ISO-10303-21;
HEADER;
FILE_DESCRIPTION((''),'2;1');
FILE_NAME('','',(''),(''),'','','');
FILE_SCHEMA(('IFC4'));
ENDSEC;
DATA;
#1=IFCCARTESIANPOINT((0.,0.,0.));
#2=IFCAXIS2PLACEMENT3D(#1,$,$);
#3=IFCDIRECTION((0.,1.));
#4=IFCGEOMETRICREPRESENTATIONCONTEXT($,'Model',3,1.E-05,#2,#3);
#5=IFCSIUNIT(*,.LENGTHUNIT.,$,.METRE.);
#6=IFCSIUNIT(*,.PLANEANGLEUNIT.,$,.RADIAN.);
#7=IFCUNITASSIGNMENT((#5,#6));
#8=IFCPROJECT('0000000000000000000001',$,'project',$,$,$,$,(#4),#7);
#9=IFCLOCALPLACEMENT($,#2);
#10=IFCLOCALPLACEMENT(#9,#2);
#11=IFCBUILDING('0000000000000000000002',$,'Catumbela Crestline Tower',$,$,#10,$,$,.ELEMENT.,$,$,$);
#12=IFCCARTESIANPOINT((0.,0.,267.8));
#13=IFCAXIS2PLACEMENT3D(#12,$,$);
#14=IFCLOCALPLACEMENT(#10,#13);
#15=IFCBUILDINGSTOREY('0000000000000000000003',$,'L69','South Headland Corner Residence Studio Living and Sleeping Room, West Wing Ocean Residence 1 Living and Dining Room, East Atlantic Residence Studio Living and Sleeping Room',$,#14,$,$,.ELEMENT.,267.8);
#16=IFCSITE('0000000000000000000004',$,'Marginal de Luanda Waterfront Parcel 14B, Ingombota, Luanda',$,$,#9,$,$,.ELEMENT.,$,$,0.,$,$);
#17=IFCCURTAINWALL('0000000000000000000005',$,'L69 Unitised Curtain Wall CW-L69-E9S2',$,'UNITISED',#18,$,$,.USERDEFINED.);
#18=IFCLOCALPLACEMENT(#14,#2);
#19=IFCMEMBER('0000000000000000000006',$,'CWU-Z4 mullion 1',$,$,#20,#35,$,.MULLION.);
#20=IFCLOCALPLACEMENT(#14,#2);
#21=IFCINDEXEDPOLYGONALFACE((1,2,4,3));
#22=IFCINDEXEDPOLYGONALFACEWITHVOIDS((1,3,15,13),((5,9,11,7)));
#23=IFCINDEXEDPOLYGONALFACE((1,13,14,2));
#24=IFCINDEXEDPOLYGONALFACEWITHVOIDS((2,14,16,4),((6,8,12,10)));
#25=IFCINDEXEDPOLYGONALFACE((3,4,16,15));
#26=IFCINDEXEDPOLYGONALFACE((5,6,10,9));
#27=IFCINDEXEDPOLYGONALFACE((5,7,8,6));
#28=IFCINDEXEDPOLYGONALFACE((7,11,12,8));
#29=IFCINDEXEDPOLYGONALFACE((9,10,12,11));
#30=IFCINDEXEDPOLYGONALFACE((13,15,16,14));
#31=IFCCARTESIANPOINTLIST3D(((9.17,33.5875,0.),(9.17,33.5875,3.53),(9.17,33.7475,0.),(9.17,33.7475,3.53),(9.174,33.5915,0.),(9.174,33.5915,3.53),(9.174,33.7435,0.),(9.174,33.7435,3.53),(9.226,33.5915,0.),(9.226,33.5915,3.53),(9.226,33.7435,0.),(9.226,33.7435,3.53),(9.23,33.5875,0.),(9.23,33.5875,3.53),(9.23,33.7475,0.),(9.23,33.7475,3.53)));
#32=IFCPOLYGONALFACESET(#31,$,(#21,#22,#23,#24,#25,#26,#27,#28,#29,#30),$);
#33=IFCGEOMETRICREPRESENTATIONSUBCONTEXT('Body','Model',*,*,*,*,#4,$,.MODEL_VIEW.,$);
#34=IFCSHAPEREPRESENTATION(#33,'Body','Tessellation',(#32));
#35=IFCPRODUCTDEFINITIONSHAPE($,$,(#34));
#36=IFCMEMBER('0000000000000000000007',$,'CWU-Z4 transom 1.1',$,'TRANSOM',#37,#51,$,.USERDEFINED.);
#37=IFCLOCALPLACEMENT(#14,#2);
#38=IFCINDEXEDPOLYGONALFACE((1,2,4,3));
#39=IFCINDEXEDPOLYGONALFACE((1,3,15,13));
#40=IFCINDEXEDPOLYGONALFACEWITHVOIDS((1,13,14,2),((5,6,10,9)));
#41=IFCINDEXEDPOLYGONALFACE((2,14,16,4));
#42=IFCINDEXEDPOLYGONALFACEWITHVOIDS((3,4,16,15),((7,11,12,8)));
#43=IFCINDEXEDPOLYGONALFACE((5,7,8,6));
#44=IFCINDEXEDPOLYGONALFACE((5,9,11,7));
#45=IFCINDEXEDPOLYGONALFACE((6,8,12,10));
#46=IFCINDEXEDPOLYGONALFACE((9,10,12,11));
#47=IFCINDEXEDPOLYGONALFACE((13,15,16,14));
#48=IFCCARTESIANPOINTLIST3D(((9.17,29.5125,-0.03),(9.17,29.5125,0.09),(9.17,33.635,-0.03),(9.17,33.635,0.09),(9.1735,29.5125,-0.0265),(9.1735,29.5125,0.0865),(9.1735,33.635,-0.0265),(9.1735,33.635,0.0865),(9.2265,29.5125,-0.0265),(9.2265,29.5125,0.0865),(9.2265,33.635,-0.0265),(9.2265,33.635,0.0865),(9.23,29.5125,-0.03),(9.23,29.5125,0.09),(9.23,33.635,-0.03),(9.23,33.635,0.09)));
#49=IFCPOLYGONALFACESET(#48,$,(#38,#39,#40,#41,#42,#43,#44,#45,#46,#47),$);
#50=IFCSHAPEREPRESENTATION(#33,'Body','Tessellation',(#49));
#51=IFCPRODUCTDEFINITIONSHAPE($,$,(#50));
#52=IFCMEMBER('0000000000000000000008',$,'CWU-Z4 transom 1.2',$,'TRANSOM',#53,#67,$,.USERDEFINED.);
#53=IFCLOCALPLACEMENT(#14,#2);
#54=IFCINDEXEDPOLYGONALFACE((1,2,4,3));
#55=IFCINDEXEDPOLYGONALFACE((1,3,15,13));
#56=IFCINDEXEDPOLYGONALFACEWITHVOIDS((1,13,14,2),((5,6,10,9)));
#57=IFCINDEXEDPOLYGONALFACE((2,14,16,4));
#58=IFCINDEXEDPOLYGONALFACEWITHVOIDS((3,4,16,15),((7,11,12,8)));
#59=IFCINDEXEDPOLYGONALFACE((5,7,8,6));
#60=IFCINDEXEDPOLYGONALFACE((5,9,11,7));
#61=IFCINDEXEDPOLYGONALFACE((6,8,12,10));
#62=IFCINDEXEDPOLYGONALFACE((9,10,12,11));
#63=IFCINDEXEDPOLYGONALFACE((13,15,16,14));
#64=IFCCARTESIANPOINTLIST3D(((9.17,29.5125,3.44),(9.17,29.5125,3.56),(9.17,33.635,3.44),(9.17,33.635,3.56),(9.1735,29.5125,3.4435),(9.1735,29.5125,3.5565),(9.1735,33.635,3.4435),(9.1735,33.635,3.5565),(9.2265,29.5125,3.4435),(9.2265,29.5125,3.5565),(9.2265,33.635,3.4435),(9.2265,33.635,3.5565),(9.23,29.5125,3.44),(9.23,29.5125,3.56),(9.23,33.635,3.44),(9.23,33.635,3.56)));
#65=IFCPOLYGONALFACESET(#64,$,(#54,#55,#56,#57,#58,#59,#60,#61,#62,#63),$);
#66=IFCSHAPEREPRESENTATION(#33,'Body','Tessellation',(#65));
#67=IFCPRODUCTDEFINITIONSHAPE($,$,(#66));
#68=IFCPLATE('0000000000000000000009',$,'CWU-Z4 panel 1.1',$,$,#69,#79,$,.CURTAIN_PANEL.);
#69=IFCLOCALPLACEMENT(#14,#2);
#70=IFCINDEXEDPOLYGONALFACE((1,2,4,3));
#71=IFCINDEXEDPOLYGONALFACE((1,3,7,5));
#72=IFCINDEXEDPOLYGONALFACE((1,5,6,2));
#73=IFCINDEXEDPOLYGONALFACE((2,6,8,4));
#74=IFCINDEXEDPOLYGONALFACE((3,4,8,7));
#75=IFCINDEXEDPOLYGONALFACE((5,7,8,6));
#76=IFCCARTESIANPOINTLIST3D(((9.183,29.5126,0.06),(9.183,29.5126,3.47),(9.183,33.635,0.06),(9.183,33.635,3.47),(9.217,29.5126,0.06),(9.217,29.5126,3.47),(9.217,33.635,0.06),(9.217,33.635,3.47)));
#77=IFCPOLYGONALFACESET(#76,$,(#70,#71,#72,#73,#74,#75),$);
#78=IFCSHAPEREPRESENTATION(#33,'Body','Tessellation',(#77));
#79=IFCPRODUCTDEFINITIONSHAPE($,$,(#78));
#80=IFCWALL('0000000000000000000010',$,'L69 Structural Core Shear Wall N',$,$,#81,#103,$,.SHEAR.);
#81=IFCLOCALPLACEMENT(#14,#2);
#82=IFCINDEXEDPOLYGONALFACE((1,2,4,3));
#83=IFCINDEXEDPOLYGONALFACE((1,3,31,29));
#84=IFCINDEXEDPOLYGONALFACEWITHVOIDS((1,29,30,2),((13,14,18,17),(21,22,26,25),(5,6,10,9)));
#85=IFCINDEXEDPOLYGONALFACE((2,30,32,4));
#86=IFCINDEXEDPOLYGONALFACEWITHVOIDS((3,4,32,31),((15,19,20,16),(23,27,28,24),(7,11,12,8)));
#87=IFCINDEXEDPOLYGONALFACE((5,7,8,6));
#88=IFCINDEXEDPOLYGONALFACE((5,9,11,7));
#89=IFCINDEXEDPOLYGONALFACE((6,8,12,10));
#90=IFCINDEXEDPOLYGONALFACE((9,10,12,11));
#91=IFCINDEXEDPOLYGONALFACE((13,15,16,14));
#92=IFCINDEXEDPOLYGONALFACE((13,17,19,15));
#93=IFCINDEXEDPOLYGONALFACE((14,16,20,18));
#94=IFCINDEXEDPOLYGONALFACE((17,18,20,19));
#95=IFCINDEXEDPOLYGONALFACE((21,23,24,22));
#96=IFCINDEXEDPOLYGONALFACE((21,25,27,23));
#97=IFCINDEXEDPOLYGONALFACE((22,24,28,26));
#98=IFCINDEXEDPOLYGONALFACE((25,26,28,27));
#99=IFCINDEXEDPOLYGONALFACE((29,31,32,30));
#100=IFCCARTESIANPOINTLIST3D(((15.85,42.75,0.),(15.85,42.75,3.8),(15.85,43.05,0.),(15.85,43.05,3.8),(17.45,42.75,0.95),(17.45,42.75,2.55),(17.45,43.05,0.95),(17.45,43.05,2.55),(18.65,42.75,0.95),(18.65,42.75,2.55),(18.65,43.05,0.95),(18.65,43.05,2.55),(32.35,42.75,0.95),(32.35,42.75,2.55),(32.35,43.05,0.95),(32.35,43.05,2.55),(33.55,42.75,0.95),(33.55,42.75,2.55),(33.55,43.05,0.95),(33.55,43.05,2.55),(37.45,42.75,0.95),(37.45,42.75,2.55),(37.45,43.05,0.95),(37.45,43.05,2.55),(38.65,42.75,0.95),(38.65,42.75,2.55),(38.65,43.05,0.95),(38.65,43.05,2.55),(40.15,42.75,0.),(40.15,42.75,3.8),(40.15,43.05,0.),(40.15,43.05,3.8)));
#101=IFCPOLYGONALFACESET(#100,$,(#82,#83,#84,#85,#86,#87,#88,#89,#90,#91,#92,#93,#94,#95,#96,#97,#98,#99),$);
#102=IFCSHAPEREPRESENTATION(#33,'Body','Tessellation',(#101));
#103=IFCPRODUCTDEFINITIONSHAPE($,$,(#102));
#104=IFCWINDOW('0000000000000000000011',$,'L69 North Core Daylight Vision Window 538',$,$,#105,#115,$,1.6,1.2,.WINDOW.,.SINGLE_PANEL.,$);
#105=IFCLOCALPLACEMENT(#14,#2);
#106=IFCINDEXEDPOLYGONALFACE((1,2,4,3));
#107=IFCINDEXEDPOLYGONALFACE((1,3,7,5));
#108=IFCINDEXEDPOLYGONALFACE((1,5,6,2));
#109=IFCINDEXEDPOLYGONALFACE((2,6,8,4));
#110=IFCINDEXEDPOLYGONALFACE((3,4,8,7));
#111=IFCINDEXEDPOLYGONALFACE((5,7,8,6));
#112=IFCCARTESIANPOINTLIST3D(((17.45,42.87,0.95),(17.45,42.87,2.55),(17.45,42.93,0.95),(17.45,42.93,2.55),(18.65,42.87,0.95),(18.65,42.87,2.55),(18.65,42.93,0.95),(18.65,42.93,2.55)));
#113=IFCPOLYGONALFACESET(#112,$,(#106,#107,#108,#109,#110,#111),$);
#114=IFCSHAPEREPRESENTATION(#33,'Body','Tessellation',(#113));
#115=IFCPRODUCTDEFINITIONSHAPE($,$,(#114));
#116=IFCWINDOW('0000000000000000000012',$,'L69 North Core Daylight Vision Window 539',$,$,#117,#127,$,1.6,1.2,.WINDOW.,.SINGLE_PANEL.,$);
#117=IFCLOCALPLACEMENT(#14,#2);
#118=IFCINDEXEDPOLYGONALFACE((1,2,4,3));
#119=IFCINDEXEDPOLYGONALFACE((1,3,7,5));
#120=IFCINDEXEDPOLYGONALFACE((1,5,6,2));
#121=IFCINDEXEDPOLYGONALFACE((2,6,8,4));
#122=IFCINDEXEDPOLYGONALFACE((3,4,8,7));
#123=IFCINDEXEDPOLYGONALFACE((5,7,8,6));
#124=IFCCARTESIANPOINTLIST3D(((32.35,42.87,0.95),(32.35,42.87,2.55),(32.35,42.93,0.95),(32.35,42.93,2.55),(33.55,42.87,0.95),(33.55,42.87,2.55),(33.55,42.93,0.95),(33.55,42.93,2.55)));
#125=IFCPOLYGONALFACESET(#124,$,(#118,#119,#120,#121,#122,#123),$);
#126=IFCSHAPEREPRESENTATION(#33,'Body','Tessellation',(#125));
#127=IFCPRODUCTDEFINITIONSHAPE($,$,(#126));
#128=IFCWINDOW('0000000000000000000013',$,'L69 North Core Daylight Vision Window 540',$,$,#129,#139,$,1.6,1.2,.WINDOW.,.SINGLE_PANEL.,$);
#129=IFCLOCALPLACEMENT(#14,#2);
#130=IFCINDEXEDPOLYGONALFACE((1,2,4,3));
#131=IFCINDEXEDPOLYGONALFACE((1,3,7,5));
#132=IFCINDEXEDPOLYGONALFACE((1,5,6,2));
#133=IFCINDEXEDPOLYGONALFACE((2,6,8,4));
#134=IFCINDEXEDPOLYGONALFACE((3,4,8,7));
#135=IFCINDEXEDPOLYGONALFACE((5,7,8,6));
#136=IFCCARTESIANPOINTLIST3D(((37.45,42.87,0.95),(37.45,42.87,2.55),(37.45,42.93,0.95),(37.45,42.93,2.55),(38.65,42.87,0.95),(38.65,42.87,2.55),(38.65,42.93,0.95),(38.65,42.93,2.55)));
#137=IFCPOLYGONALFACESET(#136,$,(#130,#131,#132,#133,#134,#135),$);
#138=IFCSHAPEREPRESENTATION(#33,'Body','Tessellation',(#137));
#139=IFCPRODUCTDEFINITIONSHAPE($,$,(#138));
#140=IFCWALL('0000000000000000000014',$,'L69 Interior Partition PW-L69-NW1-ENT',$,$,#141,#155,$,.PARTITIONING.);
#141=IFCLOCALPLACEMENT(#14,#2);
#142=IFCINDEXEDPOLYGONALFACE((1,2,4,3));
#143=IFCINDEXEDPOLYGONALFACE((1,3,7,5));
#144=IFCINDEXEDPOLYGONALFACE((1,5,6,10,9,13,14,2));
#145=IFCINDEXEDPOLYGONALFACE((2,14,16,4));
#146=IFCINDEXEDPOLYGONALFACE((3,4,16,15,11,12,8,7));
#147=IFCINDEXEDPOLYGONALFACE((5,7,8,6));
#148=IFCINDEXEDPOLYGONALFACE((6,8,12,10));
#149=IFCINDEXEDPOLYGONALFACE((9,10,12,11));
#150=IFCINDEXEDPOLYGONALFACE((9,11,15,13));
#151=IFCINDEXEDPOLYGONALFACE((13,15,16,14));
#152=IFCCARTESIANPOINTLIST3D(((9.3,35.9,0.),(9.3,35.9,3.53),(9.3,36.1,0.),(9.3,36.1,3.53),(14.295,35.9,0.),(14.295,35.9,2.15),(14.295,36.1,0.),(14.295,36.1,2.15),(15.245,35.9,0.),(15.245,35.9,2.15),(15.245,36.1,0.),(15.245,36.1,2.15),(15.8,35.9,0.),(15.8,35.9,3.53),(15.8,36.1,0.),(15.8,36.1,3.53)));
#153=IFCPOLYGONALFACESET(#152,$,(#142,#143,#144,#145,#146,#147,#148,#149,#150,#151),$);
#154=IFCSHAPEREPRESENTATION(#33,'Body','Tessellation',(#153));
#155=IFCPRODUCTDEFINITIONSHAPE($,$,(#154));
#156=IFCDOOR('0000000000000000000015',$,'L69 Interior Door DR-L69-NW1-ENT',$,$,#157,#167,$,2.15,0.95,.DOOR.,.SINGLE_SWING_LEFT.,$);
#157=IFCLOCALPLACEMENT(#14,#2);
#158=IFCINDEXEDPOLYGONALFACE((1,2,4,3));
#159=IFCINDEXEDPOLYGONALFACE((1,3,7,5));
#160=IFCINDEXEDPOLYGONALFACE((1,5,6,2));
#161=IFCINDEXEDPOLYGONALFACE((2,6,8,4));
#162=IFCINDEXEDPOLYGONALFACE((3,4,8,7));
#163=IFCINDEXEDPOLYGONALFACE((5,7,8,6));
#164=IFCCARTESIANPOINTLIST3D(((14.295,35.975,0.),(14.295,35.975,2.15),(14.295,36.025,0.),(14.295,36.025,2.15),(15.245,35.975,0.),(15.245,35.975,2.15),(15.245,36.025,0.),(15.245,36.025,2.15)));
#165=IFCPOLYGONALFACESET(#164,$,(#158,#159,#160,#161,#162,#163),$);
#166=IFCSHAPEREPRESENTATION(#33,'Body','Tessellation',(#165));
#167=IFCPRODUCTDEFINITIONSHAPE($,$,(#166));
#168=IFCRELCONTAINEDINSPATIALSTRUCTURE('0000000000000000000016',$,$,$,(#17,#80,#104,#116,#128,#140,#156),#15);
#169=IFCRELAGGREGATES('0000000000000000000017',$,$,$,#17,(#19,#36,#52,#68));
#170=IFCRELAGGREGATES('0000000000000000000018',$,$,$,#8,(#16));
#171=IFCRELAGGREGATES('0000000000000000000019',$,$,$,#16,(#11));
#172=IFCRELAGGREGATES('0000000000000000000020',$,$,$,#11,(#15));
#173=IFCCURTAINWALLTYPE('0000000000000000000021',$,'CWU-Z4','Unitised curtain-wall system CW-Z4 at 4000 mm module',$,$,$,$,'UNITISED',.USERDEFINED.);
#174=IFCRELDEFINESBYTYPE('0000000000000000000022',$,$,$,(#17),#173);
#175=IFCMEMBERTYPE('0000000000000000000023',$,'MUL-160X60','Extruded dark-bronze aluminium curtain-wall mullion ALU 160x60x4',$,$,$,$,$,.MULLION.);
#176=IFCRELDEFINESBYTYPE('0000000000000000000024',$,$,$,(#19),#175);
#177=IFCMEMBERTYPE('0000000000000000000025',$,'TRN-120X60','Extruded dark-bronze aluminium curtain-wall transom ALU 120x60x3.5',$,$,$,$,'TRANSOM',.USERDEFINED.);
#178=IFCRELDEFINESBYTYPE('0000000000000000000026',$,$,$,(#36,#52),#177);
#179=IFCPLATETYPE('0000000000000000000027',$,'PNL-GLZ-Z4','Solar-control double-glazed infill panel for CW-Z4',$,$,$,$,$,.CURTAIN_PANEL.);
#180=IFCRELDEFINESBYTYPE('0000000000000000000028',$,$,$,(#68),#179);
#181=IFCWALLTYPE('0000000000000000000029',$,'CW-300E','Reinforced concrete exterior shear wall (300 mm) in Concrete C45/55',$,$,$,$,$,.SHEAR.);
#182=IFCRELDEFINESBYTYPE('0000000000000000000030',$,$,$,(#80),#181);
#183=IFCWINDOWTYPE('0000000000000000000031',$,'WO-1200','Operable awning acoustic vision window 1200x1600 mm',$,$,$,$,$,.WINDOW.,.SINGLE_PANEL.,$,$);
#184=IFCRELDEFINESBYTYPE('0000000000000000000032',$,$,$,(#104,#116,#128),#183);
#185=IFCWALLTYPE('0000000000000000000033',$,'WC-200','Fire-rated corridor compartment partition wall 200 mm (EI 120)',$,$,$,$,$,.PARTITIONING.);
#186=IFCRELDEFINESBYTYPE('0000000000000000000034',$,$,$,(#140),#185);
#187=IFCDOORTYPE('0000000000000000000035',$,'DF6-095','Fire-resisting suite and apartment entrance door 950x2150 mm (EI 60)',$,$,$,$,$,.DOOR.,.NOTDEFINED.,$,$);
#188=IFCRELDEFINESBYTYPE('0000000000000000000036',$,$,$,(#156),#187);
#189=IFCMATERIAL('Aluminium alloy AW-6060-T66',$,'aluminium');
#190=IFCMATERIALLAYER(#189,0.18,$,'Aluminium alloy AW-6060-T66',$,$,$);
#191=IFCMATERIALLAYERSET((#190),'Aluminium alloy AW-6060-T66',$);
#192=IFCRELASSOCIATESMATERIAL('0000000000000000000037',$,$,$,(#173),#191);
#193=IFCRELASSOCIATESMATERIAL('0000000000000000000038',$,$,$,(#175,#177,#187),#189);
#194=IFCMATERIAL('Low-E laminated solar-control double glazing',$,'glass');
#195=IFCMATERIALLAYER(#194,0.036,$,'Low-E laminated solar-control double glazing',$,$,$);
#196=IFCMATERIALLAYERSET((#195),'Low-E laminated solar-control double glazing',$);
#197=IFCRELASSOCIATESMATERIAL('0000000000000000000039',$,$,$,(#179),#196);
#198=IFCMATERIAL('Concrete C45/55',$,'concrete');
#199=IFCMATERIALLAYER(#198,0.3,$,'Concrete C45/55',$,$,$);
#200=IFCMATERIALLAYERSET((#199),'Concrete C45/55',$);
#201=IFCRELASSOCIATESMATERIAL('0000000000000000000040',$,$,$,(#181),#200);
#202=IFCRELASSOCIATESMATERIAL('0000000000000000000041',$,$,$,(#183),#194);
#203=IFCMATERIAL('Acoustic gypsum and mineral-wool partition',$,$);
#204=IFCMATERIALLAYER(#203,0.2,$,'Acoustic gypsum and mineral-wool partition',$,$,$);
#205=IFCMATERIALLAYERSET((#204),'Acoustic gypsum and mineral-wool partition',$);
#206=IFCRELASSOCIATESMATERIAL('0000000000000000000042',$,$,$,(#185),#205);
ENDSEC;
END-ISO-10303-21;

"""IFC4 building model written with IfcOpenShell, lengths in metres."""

from ifc_helpers import new_model, si_unit, direction, frame, frame_2d, origin, origin_2d, place, context, subcontext, project, spatial, rectangle, hollow_rectangle, extrude, material, layer, layer_set, material_profile, profile_set, type_object, element, fill, aggregate, save


model = new_model("IFC4")

# Units and contexts
model_context = context("Model", 3, precision=1e-05, world=origin(), true_north=direction((0.0, 1.0)))
body_context = subcontext(model_context, "Body", "Model", "MODEL_VIEW")
ifc_project = project(units=[si_unit("LENGTHUNIT", "METRE"), si_unit("PLANEANGLEUNIT", "RADIAN")], contexts=[model_context])

# Site, building, storey
site_placement = place(None, origin())
site = spatial("IfcSite", under=ifc_project, at=site_placement, Name="Marginal de Luanda Waterfront Parcel 14B, Ingombota, Luanda", CompositionType="ELEMENT", RefElevation=0.0)
building_placement = place(site_placement, origin())
building = spatial("IfcBuilding", under=site, at=building_placement, Name="Catumbela Crestline Tower", CompositionType="ELEMENT")
storey_placement = place(building_placement, frame((0.0, 0.0, 267.8)))
storey = spatial("IfcBuildingStorey", under=building, at=storey_placement, Name="L69", Description="South Headland Corner Residence Studio Living and Sleeping Room, West Wing Ocean Residence 1 Living and Dining Room, East Atlantic Residence Studio Living and Sleeping Room", CompositionType="ELEMENT", Elevation=267.8)

# Curtain wall, members, plate
ifc_material_1 = material(Name="Aluminium alloy AW-6060-T66", Category="aluminium")
ifc_layer_1 = layer(ifc_material_1, 0.18, Name="Aluminium alloy AW-6060-T66")
ifc_layer_set_1 = layer_set([ifc_layer_1], Name="Aluminium alloy AW-6060-T66")
curtain_wall_type = type_object("IfcCurtainWallType", Name="CWU-Z4", Description="Unitised curtain-wall system CW-Z4 at 4000 mm module", ElementType="UNITISED", PredefinedType="USERDEFINED", material=ifc_layer_set_1)
curtain_wall_placement = place(storey_placement, origin())
curtain_wall = element("IfcCurtainWall", 1, at=curtain_wall_placement, inside=storey, type_object=curtain_wall_type, Name="L69 Unitised Curtain Wall CW-L69-E9S2", ObjectType="UNITISED", PredefinedType="USERDEFINED")
ifc_material_profile_1 = material_profile(ifc_material_1, hollow_rectangle(XDim=0.06, YDim=0.16, WallThickness=0.004, at=origin_2d()), Name="ALU 160x60x4")
ifc_profile_set_1 = profile_set([ifc_material_profile_1], Name="Aluminium alloy AW-6060-T66")
member_type_1 = type_object("IfcMemberType", Name="MUL-160X60", Description="Extruded dark-bronze aluminium curtain-wall mullion ALU 160x60x4", PredefinedType="MULLION", material=ifc_profile_set_1)
member_1_placement = place(storey_placement, frame((9.2, 33.6675, 0.0), z_axis=(0.0, 0.0, 1.0), x_axis=(1.0, 0.0, 0.0)))
member_1 = element("IfcMember", 2, at=member_1_placement, type_object=member_type_1, Name="CWU-Z4 mullion 1", PredefinedType="MULLION", context=body_context, shape_type="SweptSolid", body=[
    extrude(hollow_rectangle(XDim=0.06, YDim=0.16, WallThickness=0.004, at=origin_2d()), origin(), (0.0, 0.0, 1.0), 3.53),
])
ifc_material_profile_2 = material_profile(ifc_material_1, hollow_rectangle(XDim=0.06, YDim=0.12, WallThickness=0.0035, at=origin_2d()), Name="ALU 120x60x3.5")
ifc_profile_set_2 = profile_set([ifc_material_profile_2], Name="Aluminium alloy AW-6060-T66")
member_type_2 = type_object("IfcMemberType", Name="TRN-120X60", Description="Extruded dark-bronze aluminium curtain-wall transom ALU 120x60x3.5", ElementType="TRANSOM", PredefinedType="USERDEFINED", material=ifc_profile_set_2)
member_2_placement = place(storey_placement, frame((9.2, 33.635, 0.03), z_axis=(0.0, -1.0, 0.0), x_axis=(1.0, 0.0, 0.0)))
member_2 = element("IfcMember", 3, at=member_2_placement, type_object=member_type_2, Name="CWU-Z4 transom 1.1", ObjectType="TRANSOM", PredefinedType="USERDEFINED", context=body_context, shape_type="SweptSolid", body=[
    extrude(hollow_rectangle(XDim=0.06, YDim=0.12, WallThickness=0.0035, at=origin_2d()), origin(), (0.0, 0.0, 1.0), 4.1225),
])
member_3_placement = place(storey_placement, frame((9.2, 33.635, 3.5), z_axis=(0.0, -1.0, 0.0), x_axis=(1.0, 0.0, 0.0)))
member_3 = element("IfcMember", 4, at=member_3_placement, type_object=member_type_2, Name="CWU-Z4 transom 1.2", ObjectType="TRANSOM", PredefinedType="USERDEFINED", context=body_context, shape_type="SweptSolid", body=[
    extrude(hollow_rectangle(XDim=0.06, YDim=0.12, WallThickness=0.0035, at=origin_2d()), origin(), (0.0, 0.0, 1.0), 4.1225),
])
ifc_material_2 = material(Name="Low-E laminated solar-control double glazing", Category="glass")
ifc_layer_2 = layer(ifc_material_2, 0.036, Name="Low-E laminated solar-control double glazing")
ifc_layer_set_2 = layer_set([ifc_layer_2], Name="Low-E laminated solar-control double glazing")
plate_type = type_object("IfcPlateType", Name="PNL-GLZ-Z4", Description="Solar-control double-glazed infill panel for CW-Z4", PredefinedType="CURTAIN_PANEL", material=ifc_layer_set_2)
plate_placement = place(storey_placement, frame((9.2, 31.5738, 0.06), z_axis=(0.0, 0.0, 1.0), x_axis=(0.0, -1.0, 0.0)))
plate = element("IfcPlate", 5, at=plate_placement, type_object=plate_type, Name="CWU-Z4 panel 1.1", PredefinedType="CURTAIN_PANEL", context=body_context, shape_type="SweptSolid", body=[
    extrude(rectangle(XDim=4.1225, YDim=0.034, at=origin_2d()), origin(), (0.0, 0.0, 1.0), 3.41),
])
aggregate(curtain_wall, [member_1, member_2, member_3, plate])

# Wall, openings, windows
ifc_material_3 = material(Name="Concrete C45/55", Category="concrete")
ifc_layer_3 = layer(ifc_material_3, 0.3, Name="Concrete C45/55")
ifc_layer_set_3 = layer_set([ifc_layer_3], Name="Concrete C45/55")
wall_type_1 = type_object("IfcWallType", Name="CW-300E", Description="Reinforced concrete exterior shear wall (300 mm) in Concrete C45/55", PredefinedType="SHEAR", material=ifc_layer_set_3)
wall_1_placement = place(storey_placement, frame((15.85, 42.9, 0.0), z_axis=(0.0, 0.0, 1.0), x_axis=(1.0, 0.0, 0.0)))
wall_1 = element("IfcWall", 6, at=wall_1_placement, inside=storey, type_object=wall_type_1, Name="L69 Structural Core Shear Wall N", PredefinedType="SHEAR", context=body_context, shape_type="SweptSolid", body=[
    extrude(rectangle(XDim=24.3, YDim=0.3, at=frame_2d((12.15, 0.0))), origin(), (0.0, 0.0, 1.0), 3.8),
])
opening_1_placement = place(wall_1_placement, frame((1.6, 0.0, 0.95)))
opening_1 = element("IfcOpeningElement", 7, at=opening_1_placement, cuts=wall_1, PredefinedType="OPENING", context=body_context, shape_type="SweptSolid", body=[
    extrude(rectangle(XDim=1.2, YDim=1.6, at=frame_2d((0.6, 0.8))), frame((0.0, 0.16, 0.0), z_axis=(0.0, -1.0, 0.0), x_axis=(1.0, 0.0, 0.0)), (0.0, 0.0, 1.0), 0.32),
])
opening_2_placement = place(wall_1_placement, frame((16.5, 0.0, 0.95)))
opening_2 = element("IfcOpeningElement", 8, at=opening_2_placement, cuts=wall_1, PredefinedType="OPENING", context=body_context, shape_type="SweptSolid", body=[
    extrude(rectangle(XDim=1.2, YDim=1.6, at=frame_2d((0.6, 0.8))), frame((0.0, 0.16, 0.0), z_axis=(0.0, -1.0, 0.0), x_axis=(1.0, 0.0, 0.0)), (0.0, 0.0, 1.0), 0.32),
])
opening_3_placement = place(wall_1_placement, frame((21.6, 0.0, 0.95)))
opening_3 = element("IfcOpeningElement", 9, at=opening_3_placement, cuts=wall_1, PredefinedType="OPENING", context=body_context, shape_type="SweptSolid", body=[
    extrude(rectangle(XDim=1.2, YDim=1.6, at=frame_2d((0.6, 0.8))), frame((0.0, 0.16, 0.0), z_axis=(0.0, -1.0, 0.0), x_axis=(1.0, 0.0, 0.0)), (0.0, 0.0, 1.0), 0.32),
])
window_type_1 = type_object("IfcWindowType", Name="WO-1200", Description="Operable awning acoustic vision window 1200x1600 mm", PartitioningType="SINGLE_PANEL", PredefinedType="WINDOW", material=ifc_material_2)
window_1_placement = place(opening_1_placement, origin())
window_1 = element("IfcWindow", 10, at=window_1_placement, inside=storey, type_object=window_type_1, Name="L69 North Core Daylight Vision Window 538", OverallHeight=1.6, OverallWidth=1.2, PartitioningType="SINGLE_PANEL", PredefinedType="WINDOW", context=body_context, shape_type="SweptSolid", body=[
    extrude(rectangle(XDim=1.2, YDim=1.6, at=frame_2d((0.6, 0.8))), frame((0.0, 0.03, 0.0), z_axis=(0.0, -1.0, 0.0), x_axis=(1.0, 0.0, 0.0)), (0.0, 0.0, 1.0), 0.06),
])
fill(opening_1, window_1)
window_2_placement = place(opening_2_placement, origin())
window_2 = element("IfcWindow", 11, at=window_2_placement, inside=storey, type_object=window_type_1, Name="L69 North Core Daylight Vision Window 539", OverallHeight=1.6, OverallWidth=1.2, PartitioningType="SINGLE_PANEL", PredefinedType="WINDOW", context=body_context, shape_type="SweptSolid", body=[
    extrude(rectangle(XDim=1.2, YDim=1.6, at=frame_2d((0.6, 0.8))), frame((0.0, 0.03, 0.0), z_axis=(0.0, -1.0, 0.0), x_axis=(1.0, 0.0, 0.0)), (0.0, 0.0, 1.0), 0.06),
])
fill(opening_2, window_2)
window_3_placement = place(opening_3_placement, origin())
window_3 = element("IfcWindow", 12, at=window_3_placement, inside=storey, type_object=window_type_1, Name="L69 North Core Daylight Vision Window 540", OverallHeight=1.6, OverallWidth=1.2, PartitioningType="SINGLE_PANEL", PredefinedType="WINDOW", context=body_context, shape_type="SweptSolid", body=[
    extrude(rectangle(XDim=1.2, YDim=1.6, at=frame_2d((0.6, 0.8))), frame((0.0, 0.03, 0.0), z_axis=(0.0, -1.0, 0.0), x_axis=(1.0, 0.0, 0.0)), (0.0, 0.0, 1.0), 0.06),
])
fill(opening_3, window_3)

# Wall, opening, door
ifc_material_4 = material(Name="Acoustic gypsum and mineral-wool partition")
ifc_layer_4 = layer(ifc_material_4, 0.2, Name="Acoustic gypsum and mineral-wool partition")
ifc_layer_set_4 = layer_set([ifc_layer_4], Name="Acoustic gypsum and mineral-wool partition")
wall_type_2 = type_object("IfcWallType", Name="WC-200", Description="Fire-rated corridor compartment partition wall 200 mm (EI 120)", PredefinedType="PARTITIONING", material=ifc_layer_set_4)
wall_2_placement = place(storey_placement, frame((9.3, 36.0, 0.0), z_axis=(0.0, 0.0, 1.0), x_axis=(1.0, 0.0, 0.0)))
wall_2 = element("IfcWall", 13, at=wall_2_placement, inside=storey, type_object=wall_type_2, Name="L69 Interior Partition PW-L69-NW1-ENT", PredefinedType="PARTITIONING", context=body_context, shape_type="SweptSolid", body=[
    extrude(rectangle(XDim=6.5, YDim=0.2, at=frame_2d((3.25, 0.0))), origin(), (0.0, 0.0, 1.0), 3.53),
])
opening_4_placement = place(wall_2_placement, frame((4.995, 0.0, 0.0)))
opening_4 = element("IfcOpeningElement", 14, at=opening_4_placement, cuts=wall_2, PredefinedType="OPENING", context=body_context, shape_type="SweptSolid", body=[
    extrude(rectangle(XDim=0.95, YDim=2.15, at=frame_2d((0.475, 1.075))), frame((0.0, 0.11, 0.0), z_axis=(0.0, -1.0, 0.0), x_axis=(1.0, 0.0, 0.0)), (0.0, 0.0, 1.0), 0.22),
])
door_type_1 = type_object("IfcDoorType", Name="DF6-095", Description="Fire-resisting suite and apartment entrance door 950x2150 mm (EI 60)", OperationType="NOTDEFINED", PredefinedType="DOOR", material=ifc_material_1)
door_1_placement = place(opening_4_placement, origin())
door_1 = element("IfcDoor", 15, at=door_1_placement, inside=storey, type_object=door_type_1, Name="L69 Interior Door DR-L69-NW1-ENT", OperationType="SINGLE_SWING_LEFT", OverallHeight=2.15, OverallWidth=0.95, PredefinedType="DOOR", context=body_context, shape_type="SweptSolid", body=[
    extrude(rectangle(XDim=0.95, YDim=2.15, at=frame_2d((0.475, 1.075))), frame((0.0, 0.025, 0.0), z_axis=(0.0, -1.0, 0.0), x_axis=(1.0, 0.0, 0.0)), (0.0, 0.0, 1.0), 0.05),
])
fill(opening_4, door_1)

save(model, "model.ifc")
